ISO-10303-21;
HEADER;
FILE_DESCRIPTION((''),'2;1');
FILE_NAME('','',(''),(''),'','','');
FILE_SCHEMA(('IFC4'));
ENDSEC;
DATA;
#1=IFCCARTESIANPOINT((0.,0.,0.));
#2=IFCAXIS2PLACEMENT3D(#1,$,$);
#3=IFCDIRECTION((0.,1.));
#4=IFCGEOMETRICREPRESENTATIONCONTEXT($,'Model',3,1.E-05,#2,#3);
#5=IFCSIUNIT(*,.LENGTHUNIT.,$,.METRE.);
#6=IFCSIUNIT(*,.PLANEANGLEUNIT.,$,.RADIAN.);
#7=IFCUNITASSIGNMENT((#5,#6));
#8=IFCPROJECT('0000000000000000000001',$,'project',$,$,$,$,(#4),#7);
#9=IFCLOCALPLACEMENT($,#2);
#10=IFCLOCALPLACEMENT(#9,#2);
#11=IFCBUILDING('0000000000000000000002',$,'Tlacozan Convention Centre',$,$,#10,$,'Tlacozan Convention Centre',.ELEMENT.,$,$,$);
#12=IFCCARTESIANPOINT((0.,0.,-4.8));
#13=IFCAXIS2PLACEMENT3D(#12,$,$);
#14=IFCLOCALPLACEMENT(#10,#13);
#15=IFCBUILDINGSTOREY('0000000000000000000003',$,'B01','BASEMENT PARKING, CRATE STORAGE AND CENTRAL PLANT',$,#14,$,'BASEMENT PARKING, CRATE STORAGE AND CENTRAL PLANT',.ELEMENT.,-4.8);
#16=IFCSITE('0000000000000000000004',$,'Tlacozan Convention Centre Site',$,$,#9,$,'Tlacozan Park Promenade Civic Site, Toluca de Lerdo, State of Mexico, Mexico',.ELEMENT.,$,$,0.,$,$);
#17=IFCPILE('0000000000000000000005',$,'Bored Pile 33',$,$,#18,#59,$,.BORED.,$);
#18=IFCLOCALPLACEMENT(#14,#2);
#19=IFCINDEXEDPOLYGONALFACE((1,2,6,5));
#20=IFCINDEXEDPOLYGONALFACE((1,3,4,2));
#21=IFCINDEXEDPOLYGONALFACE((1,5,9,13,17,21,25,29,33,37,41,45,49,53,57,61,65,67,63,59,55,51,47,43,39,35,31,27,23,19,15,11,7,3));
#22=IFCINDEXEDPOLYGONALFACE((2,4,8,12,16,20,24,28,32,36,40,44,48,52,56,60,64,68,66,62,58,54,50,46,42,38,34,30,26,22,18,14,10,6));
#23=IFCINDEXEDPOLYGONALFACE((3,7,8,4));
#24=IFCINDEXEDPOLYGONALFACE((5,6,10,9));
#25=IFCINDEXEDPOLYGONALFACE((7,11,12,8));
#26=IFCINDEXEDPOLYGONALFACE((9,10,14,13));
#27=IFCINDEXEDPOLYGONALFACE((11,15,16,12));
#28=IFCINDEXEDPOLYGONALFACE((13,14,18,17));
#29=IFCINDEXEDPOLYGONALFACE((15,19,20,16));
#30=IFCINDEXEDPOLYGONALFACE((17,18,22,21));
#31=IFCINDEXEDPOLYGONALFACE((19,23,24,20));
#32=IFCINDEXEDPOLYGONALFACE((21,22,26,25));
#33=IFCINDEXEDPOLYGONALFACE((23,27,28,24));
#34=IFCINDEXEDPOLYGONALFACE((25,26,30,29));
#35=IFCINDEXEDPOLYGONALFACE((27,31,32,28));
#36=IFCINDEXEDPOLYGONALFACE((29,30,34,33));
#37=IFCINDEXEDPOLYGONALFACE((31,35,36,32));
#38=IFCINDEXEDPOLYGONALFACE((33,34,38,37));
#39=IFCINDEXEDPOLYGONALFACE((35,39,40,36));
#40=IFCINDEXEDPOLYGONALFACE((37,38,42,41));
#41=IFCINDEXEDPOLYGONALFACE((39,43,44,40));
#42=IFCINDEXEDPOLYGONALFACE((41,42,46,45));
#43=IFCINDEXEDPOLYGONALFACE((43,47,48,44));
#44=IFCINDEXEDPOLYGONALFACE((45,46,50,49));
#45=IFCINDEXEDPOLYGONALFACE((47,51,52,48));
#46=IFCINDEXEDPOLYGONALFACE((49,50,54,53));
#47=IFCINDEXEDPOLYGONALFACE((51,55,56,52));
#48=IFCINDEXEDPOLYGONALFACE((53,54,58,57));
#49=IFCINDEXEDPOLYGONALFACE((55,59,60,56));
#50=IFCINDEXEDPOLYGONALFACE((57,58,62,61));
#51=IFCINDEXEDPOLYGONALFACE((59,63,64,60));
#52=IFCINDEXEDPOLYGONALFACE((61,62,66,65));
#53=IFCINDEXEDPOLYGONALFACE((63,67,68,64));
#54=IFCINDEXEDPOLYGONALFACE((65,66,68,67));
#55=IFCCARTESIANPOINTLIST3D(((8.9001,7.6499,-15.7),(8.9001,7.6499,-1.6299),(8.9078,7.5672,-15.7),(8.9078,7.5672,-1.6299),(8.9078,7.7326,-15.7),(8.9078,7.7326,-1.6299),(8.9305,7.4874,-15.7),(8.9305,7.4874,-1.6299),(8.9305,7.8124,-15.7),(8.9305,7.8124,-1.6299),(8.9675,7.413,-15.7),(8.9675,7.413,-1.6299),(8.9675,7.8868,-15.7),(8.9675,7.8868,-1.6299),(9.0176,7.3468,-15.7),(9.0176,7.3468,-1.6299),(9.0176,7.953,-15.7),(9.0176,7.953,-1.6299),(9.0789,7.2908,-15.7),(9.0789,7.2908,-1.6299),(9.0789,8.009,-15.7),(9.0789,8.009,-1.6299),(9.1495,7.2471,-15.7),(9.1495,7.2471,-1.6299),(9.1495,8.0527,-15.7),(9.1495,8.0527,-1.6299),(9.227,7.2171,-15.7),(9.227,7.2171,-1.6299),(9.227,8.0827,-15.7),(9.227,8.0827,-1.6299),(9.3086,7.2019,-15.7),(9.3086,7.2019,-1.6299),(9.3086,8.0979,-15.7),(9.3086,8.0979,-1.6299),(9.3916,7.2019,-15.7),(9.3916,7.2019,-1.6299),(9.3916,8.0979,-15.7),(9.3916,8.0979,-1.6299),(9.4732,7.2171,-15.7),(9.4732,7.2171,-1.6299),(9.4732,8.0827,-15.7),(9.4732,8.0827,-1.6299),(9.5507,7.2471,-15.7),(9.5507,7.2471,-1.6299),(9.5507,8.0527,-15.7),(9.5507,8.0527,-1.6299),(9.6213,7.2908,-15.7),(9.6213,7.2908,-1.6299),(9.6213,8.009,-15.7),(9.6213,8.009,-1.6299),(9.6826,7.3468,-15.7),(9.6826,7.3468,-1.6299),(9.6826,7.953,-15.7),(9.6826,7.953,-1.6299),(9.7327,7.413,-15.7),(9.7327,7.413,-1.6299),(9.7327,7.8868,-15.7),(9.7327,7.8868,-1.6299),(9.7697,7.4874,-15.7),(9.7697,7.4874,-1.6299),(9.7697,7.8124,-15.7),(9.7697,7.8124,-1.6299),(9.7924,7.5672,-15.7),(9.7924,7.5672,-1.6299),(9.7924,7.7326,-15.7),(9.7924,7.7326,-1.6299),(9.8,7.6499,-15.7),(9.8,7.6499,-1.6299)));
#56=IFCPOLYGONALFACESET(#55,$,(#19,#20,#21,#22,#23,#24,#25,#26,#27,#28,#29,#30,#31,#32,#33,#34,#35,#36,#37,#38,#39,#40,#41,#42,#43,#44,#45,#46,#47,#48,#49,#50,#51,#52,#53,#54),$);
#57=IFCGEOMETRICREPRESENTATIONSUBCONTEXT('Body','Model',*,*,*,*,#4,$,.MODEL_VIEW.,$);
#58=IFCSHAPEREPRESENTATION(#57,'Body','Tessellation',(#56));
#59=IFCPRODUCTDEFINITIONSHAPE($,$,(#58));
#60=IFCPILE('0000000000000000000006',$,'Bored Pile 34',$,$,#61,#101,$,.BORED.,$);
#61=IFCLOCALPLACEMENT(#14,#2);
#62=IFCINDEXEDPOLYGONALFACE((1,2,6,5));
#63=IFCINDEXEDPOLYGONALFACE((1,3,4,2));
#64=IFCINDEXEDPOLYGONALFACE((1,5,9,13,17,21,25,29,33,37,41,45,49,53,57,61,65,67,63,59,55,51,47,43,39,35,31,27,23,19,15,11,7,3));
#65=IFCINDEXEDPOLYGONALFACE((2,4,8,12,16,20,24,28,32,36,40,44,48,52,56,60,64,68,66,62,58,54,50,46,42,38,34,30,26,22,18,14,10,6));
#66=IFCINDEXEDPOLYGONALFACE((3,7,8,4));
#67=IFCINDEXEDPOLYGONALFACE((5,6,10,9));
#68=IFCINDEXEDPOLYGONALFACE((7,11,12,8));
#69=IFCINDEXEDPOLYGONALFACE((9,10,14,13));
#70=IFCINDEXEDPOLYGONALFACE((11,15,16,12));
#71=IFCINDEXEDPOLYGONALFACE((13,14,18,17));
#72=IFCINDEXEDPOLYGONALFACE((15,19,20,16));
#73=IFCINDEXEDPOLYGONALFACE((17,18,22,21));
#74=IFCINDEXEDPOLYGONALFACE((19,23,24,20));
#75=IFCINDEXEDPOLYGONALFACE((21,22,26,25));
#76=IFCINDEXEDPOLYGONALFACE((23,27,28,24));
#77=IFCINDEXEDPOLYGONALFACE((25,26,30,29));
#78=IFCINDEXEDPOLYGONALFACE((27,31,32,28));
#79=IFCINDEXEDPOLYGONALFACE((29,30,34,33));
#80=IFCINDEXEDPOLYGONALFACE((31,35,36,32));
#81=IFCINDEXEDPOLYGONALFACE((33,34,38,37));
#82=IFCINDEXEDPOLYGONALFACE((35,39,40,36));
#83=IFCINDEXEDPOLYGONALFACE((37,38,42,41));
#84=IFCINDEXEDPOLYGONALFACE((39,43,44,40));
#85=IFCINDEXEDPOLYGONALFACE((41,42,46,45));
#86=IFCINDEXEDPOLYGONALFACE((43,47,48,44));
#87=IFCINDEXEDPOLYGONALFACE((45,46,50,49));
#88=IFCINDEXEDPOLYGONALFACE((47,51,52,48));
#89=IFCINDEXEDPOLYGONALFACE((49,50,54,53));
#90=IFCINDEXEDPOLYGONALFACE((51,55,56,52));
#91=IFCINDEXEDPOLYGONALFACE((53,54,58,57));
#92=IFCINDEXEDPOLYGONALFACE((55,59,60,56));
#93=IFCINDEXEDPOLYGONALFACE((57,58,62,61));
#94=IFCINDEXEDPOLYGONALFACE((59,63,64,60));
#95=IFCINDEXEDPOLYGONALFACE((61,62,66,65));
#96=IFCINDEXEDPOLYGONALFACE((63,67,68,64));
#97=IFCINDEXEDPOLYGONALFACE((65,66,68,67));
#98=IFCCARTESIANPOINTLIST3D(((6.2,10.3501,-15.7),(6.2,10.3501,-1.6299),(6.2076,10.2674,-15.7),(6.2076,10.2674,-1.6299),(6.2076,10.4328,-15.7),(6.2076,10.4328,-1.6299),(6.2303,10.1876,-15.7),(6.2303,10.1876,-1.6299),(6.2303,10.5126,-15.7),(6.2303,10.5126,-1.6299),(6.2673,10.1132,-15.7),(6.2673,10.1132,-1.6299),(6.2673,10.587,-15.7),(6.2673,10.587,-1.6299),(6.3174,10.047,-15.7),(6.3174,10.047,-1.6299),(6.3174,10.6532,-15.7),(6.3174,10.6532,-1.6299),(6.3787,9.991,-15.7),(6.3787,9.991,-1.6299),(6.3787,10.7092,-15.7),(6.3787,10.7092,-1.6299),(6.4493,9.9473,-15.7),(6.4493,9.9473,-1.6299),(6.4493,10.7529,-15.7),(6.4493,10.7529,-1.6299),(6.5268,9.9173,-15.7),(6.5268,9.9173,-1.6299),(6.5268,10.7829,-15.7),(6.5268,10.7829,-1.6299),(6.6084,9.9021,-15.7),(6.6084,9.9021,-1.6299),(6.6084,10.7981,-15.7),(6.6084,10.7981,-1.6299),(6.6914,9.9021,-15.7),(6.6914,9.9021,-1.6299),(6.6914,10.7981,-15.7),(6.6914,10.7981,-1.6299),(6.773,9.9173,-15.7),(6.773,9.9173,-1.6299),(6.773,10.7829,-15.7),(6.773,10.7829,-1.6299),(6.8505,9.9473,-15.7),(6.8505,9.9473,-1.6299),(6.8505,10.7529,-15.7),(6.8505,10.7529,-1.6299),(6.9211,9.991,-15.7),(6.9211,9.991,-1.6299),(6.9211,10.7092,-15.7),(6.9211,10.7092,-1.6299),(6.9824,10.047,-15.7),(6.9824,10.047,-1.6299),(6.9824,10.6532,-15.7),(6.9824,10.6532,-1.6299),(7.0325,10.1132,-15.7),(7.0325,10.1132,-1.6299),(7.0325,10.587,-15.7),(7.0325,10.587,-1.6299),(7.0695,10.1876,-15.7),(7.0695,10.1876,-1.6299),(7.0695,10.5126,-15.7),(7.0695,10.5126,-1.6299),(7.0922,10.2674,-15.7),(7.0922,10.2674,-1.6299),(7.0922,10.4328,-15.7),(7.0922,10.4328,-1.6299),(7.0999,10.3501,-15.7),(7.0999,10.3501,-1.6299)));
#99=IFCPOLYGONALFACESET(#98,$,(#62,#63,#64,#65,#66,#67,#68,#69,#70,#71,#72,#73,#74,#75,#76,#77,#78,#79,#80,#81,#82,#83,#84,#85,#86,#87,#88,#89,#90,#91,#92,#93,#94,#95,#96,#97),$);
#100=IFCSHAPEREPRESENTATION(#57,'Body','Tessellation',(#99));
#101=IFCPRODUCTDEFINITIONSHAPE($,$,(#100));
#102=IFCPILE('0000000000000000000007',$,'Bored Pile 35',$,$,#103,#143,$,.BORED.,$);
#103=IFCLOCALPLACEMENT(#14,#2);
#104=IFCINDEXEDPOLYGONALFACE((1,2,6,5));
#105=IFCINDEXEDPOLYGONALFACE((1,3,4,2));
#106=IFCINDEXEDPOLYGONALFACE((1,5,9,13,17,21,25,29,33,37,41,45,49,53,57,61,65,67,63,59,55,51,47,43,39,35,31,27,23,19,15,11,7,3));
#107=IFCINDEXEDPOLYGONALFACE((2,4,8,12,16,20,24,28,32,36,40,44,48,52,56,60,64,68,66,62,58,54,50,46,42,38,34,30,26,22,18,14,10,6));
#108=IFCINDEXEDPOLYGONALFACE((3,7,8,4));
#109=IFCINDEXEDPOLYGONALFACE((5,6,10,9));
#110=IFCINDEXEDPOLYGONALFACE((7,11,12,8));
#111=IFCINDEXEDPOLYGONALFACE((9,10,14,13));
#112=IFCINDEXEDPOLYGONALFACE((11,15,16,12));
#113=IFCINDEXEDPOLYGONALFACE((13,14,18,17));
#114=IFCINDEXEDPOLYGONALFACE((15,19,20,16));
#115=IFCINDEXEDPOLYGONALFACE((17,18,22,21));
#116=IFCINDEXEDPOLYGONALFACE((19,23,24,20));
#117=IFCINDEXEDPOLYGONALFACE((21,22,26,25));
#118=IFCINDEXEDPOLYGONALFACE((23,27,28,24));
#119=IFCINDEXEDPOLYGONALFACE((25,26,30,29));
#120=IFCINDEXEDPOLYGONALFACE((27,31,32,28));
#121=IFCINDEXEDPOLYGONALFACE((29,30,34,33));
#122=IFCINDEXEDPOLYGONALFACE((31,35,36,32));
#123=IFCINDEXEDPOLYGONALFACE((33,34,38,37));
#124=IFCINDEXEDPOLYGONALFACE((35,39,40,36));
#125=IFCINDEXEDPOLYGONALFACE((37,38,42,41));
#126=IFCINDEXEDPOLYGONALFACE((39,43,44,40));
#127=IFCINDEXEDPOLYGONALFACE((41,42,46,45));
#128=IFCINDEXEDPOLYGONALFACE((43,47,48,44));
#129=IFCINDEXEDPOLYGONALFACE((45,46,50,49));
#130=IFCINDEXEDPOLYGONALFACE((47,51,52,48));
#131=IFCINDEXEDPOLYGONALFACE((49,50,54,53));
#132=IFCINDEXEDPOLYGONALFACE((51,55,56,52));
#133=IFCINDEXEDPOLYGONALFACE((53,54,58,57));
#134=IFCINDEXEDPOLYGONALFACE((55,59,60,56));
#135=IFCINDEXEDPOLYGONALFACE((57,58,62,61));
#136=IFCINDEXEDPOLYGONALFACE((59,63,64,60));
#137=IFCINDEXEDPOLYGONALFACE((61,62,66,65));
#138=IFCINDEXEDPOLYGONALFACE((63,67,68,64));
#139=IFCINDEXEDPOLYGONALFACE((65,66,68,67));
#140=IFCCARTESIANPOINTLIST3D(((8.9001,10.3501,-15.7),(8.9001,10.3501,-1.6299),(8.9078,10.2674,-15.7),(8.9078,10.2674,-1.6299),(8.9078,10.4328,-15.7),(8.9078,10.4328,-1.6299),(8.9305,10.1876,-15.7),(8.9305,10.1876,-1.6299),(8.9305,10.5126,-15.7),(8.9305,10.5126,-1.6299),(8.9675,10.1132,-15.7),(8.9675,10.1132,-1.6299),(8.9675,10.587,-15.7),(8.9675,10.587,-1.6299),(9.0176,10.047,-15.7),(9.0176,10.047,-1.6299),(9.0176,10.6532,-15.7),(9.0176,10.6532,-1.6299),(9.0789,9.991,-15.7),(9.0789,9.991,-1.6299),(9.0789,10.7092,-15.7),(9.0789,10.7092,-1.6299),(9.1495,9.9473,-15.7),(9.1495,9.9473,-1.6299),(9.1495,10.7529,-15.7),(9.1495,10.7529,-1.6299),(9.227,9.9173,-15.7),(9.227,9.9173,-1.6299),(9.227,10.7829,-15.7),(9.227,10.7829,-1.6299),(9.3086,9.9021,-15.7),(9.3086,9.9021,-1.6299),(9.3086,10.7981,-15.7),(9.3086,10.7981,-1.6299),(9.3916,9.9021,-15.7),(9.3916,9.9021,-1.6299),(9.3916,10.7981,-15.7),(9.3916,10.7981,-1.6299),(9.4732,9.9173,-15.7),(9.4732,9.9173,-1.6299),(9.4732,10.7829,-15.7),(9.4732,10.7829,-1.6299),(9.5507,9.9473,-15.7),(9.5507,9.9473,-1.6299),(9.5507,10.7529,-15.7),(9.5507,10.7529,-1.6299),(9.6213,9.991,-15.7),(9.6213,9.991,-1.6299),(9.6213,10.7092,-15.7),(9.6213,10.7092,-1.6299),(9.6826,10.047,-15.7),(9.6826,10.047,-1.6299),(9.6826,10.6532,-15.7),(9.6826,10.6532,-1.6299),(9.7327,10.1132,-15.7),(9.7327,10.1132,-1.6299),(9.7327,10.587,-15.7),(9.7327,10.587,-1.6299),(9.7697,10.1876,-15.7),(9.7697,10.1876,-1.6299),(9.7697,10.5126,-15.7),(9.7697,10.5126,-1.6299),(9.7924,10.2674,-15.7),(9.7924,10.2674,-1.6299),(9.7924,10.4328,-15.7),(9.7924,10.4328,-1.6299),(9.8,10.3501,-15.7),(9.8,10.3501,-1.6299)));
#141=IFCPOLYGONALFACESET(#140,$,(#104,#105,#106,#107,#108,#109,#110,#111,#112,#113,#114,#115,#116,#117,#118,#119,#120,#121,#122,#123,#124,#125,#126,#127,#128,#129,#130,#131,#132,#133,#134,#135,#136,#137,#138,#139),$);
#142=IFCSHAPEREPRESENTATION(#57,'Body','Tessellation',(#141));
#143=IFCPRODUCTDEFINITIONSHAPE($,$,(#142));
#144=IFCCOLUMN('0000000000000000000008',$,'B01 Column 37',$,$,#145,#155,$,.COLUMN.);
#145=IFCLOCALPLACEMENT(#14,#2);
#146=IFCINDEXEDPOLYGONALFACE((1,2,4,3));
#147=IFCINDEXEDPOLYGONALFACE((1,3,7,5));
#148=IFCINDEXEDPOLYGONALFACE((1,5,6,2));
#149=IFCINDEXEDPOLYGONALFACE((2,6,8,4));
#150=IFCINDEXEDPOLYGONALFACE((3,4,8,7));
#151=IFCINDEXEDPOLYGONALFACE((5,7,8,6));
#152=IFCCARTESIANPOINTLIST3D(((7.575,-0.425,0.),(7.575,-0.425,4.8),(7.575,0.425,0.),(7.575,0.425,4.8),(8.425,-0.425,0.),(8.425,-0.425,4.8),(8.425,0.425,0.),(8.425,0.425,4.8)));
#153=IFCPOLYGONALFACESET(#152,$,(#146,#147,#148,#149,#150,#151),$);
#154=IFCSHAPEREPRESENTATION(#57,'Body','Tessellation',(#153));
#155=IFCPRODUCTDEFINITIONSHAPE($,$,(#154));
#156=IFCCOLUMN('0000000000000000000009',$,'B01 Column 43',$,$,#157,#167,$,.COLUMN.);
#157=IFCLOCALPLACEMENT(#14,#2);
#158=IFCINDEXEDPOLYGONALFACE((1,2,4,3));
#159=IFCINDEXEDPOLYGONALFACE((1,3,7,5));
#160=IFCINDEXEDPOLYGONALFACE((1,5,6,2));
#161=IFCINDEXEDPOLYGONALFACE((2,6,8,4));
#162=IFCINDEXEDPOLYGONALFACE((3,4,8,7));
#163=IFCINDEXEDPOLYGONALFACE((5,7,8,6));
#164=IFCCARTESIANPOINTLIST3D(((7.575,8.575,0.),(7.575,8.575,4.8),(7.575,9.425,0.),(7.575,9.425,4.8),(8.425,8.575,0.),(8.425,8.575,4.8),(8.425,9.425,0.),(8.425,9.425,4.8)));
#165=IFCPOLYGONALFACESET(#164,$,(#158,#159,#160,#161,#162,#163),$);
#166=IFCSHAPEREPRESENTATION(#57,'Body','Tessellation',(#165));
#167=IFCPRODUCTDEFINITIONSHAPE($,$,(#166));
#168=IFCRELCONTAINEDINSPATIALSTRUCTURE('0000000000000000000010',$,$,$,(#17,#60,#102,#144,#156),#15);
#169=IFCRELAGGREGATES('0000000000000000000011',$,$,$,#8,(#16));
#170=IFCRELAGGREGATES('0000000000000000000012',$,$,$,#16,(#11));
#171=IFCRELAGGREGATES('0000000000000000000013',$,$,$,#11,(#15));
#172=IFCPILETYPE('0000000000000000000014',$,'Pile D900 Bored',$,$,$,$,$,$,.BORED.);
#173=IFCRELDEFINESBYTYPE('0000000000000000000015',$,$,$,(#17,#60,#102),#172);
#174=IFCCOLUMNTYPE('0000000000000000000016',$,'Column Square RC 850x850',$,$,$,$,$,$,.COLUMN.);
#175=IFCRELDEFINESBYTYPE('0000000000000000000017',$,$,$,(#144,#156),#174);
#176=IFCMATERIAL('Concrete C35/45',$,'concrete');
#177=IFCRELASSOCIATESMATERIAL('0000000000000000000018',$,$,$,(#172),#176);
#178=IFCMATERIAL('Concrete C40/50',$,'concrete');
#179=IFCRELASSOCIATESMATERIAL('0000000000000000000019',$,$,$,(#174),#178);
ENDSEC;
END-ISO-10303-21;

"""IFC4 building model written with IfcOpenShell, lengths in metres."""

from ifc_helpers import new_model, si_unit, direction, frame, origin, origin_2d, place, context, subcontext, project, spatial, rectangle, circle, extrude, material, material_profile, profile_set, type_object, element, save


model = new_model("IFC4")

# Units and contexts
model_context = context("Model", 3, precision=1e-05, world=origin(), true_north=direction((0.0, 1.0)))
body_context = subcontext(model_context, "Body", "Model", "MODEL_VIEW")
ifc_project = project(units=[si_unit("LENGTHUNIT", "METRE"), si_unit("PLANEANGLEUNIT", "RADIAN")], contexts=[model_context])

# Site, building, storey
site_placement = place(None, origin())
site = spatial("IfcSite", under=ifc_project, at=site_placement, Name="Tlacozan Convention Centre Site", LongName="Tlacozan Park Promenade Civic Site, Toluca de Lerdo, State of Mexico, Mexico", CompositionType="ELEMENT", RefElevation=0.0)
building_placement = place(site_placement, origin())
building = spatial("IfcBuilding", under=site, at=building_placement, Name="Tlacozan Convention Centre", LongName="Tlacozan Convention Centre", CompositionType="ELEMENT")
storey_placement = place(building_placement, frame((0.0, 0.0, -4.8)))
storey = spatial("IfcBuildingStorey", under=building, at=storey_placement, Name="B01", Description="BASEMENT PARKING, CRATE STORAGE AND CENTRAL PLANT", LongName="BASEMENT PARKING, CRATE STORAGE AND CENTRAL PLANT", CompositionType="ELEMENT", Elevation=-4.8)

# Shared definitions
ifc_material_1 = material(Name="Concrete C35/45", Category="concrete")

# Piles
ifc_material_profile_1 = material_profile(ifc_material_1, circle(Radius=0.45, at=origin_2d()), Name="PILE D900")
ifc_profile_set_1 = profile_set([ifc_material_profile_1], Name="Concrete C35/45")
pile_type_1 = type_object("IfcPileType", Name="Pile D900 Bored", PredefinedType="BORED", material=ifc_profile_set_1)
for number, where, z_axis, x_axis, name in (
    (1, (9.3501, 7.6499, -1.6299), (0.0, 0.0, -1.0), (1.0, 0.0, 0.0), "Bored Pile 33"),
    (2, (6.6499, 10.3501, -1.6299), (0.0, 0.0, -1.0), (1.0, 0.0, 0.0), "Bored Pile 34"),
    (3, (9.3501, 10.3501, -1.6299), (0.0, 0.0, -1.0), (1.0, 0.0, 0.0), "Bored Pile 35"),
):
    element("IfcPile", number, at=place(storey_placement, frame(where, z_axis=z_axis, x_axis=x_axis)), inside=storey, type_object=pile_type_1, Name=name, PredefinedType="BORED", context=body_context, shape_type="SweptSolid", body=[
        extrude(circle(Radius=0.45, at=origin_2d()), origin(), (0.0, 0.0, 1.0), 14.0701),
    ])

# Columns
ifc_material_2 = material(Name="Concrete C40/50", Category="concrete")
ifc_material_profile_2 = material_profile(ifc_material_2, rectangle(XDim=0.8501, YDim=0.8501, at=origin_2d()), Name="RC 850x850")
ifc_profile_set_2 = profile_set([ifc_material_profile_2], Name="Concrete C40/50")
column_type = type_object("IfcColumnType", Name="Column Square RC 850x850", PredefinedType="COLUMN", material=ifc_profile_set_2)
for number, where, z_axis, x_axis, name in (
    (4, (8.0, 0.0, 0.0), (0.0, 0.0, 1.0), (1.0, 0.0, 0.0), "B01 Column 37"),
    (5, (8.0, 9.0, 0.0), (0.0, 0.0, 1.0), (1.0, 0.0, 0.0), "B01 Column 43"),
):
    element("IfcColumn", number, at=place(storey_placement, frame(where, z_axis=z_axis, x_axis=x_axis)), inside=storey, type_object=column_type, Name=name, PredefinedType="COLUMN", context=body_context, shape_type="SweptSolid", body=[
        extrude(rectangle(XDim=0.8501, YDim=0.8501, at=origin_2d()), origin(), (0.0, 0.0, 1.0), 4.8),
    ])

save(model, "model.ifc")
